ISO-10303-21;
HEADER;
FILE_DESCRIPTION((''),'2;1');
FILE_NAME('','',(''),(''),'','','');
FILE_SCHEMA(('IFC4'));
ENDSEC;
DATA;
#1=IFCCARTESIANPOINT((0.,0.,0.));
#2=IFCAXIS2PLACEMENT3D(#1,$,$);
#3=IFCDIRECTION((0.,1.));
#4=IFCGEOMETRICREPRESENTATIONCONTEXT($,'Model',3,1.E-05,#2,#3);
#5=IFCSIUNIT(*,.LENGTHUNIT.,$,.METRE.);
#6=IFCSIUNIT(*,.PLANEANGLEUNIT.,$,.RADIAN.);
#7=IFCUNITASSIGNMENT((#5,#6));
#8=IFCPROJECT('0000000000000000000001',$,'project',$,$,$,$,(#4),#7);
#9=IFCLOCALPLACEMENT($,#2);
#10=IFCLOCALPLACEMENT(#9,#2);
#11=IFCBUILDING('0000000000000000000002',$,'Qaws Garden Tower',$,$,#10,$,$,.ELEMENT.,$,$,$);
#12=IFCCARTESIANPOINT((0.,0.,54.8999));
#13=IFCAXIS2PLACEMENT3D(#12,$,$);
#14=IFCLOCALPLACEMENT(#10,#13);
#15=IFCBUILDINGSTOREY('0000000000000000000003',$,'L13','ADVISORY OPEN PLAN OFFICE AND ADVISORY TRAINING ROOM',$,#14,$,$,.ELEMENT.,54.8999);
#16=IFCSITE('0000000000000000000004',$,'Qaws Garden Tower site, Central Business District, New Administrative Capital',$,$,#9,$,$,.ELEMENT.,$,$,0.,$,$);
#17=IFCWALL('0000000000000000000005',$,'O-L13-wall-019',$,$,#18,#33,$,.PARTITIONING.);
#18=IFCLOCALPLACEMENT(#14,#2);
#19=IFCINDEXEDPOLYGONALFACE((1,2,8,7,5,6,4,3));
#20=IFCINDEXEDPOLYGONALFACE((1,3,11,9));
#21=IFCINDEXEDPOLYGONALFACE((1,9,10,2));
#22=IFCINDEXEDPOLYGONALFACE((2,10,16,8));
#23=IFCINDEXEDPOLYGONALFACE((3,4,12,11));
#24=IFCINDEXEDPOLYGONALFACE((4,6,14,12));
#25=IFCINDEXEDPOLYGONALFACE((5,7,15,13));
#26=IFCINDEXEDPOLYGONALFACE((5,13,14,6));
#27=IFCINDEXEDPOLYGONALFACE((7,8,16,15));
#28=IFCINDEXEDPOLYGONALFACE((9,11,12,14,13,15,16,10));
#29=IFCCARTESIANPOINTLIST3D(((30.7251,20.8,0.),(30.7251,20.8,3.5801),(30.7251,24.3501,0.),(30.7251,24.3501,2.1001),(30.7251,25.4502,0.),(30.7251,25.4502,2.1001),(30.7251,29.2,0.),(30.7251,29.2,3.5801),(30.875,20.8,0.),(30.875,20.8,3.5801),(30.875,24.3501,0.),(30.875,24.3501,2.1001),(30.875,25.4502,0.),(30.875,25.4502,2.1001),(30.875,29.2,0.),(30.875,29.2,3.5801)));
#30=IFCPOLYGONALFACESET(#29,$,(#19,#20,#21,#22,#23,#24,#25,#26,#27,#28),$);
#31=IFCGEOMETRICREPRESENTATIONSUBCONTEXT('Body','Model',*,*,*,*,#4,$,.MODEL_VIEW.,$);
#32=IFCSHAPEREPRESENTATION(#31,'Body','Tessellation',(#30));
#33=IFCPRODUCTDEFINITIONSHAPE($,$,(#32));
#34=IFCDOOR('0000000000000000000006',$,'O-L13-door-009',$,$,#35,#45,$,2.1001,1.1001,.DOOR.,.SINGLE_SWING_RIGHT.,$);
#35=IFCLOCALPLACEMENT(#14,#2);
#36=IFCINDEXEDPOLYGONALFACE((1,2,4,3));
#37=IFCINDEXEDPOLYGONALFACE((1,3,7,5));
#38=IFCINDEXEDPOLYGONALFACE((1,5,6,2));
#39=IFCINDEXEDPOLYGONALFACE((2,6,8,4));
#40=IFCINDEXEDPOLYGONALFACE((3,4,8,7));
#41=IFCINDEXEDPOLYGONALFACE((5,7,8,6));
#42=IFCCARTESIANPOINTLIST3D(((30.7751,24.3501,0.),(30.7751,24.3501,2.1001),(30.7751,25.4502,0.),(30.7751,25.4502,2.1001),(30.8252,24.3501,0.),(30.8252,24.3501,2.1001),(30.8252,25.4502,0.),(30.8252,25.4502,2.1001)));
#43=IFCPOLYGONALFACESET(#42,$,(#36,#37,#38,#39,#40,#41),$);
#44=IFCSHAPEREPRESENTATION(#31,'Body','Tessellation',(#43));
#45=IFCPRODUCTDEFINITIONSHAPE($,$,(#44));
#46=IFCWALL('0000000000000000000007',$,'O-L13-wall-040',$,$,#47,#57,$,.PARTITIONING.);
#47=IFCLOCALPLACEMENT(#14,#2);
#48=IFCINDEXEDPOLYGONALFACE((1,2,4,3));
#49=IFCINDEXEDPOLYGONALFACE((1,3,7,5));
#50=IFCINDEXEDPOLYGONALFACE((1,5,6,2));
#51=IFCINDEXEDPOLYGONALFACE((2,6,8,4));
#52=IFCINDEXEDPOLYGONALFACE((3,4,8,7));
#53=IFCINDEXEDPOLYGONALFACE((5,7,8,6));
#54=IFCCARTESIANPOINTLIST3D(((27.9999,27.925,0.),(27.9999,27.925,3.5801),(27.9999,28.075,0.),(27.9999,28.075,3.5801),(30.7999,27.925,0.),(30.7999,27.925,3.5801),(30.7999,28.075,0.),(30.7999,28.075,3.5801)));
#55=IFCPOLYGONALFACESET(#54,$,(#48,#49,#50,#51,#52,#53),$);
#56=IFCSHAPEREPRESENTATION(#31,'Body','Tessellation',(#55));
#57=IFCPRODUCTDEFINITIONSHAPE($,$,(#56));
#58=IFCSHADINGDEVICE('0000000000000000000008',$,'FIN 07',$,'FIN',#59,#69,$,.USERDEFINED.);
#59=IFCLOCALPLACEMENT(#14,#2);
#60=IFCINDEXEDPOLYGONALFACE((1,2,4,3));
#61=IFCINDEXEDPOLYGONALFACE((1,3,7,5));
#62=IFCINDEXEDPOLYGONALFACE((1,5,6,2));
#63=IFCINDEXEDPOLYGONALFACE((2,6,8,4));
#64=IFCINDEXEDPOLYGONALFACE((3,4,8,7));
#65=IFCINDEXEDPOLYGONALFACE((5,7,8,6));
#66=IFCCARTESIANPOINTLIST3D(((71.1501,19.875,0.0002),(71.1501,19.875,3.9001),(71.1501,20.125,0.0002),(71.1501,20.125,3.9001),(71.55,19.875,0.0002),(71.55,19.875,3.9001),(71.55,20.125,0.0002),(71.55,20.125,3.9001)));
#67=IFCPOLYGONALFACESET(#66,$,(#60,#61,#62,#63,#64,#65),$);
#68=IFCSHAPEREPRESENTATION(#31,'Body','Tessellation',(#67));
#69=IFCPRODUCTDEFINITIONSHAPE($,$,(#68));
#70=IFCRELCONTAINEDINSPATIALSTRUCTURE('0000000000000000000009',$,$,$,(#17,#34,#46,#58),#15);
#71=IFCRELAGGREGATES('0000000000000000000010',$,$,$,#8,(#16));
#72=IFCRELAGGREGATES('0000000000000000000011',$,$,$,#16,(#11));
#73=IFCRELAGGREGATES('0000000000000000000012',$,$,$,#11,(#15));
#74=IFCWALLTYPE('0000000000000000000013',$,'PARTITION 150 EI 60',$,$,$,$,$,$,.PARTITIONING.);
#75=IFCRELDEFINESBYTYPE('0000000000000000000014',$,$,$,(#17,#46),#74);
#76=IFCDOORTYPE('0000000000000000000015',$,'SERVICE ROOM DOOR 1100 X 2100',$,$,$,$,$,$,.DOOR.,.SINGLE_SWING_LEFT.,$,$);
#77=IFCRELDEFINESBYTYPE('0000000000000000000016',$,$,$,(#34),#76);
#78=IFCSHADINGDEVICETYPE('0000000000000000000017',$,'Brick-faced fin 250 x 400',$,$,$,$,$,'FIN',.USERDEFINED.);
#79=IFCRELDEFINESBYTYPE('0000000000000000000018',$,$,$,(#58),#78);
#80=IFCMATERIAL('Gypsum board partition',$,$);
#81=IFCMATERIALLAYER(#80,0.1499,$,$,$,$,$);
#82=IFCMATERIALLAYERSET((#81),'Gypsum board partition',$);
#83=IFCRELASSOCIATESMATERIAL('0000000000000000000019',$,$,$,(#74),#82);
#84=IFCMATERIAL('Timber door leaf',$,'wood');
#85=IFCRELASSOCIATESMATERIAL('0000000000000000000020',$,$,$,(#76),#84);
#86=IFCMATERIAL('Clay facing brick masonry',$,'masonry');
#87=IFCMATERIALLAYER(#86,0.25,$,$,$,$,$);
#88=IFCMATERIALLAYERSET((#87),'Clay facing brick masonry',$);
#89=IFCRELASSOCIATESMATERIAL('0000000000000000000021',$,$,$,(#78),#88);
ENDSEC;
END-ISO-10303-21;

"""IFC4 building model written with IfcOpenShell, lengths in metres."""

from ifc_helpers import new_model, si_unit, direction, frame, frame_2d, origin, origin_2d, place, context, subcontext, project, spatial, rectangle, extrude, material, layer, layer_set, type_object, element, fill, save


model = new_model("IFC4")

# Units and contexts
model_context = context("Model", 3, precision=1e-05, world=origin(), true_north=direction((0.0, 1.0)))
body_context = subcontext(model_context, "Body", "Model", "MODEL_VIEW")
ifc_project = project(units=[si_unit("LENGTHUNIT", "METRE"), si_unit("PLANEANGLEUNIT", "RADIAN")], contexts=[model_context])

# Site, building, storey
site_placement = place(None, origin())
site = spatial("IfcSite", under=ifc_project, at=site_placement, Name="Qaws Garden Tower site, Central Business District, New Administrative Capital", CompositionType="ELEMENT", RefElevation=0.0)
building_placement = place(site_placement, origin())
building = spatial("IfcBuilding", under=site, at=building_placement, Name="Qaws Garden Tower", CompositionType="ELEMENT")
storey_placement = place(building_placement, frame((0.0, 0.0, 54.8999)))
storey = spatial("IfcBuildingStorey", under=building, at=storey_placement, Name="L13", Description="ADVISORY OPEN PLAN OFFICE AND ADVISORY TRAINING ROOM", CompositionType="ELEMENT", Elevation=54.8999)

# Wall, opening, door
ifc_material_1 = material(Name="Gypsum board partition")
ifc_layer_1 = layer(ifc_material_1, 0.1499)
ifc_layer_set_1 = layer_set([ifc_layer_1], Name="Gypsum board partition")
wall_type = type_object("IfcWallType", Name="PARTITION 150 EI 60", PredefinedType="PARTITIONING", material=ifc_layer_set_1)
wall_1_placement = place(storey_placement, frame((30.8, 20.8, 0.0), z_axis=(0.0, 0.0, 1.0), x_axis=(0.0, 1.0, 0.0)))
wall_1 = element("IfcWall", 1, at=wall_1_placement, inside=storey, type_object=wall_type, Name="O-L13-wall-019", PredefinedType="PARTITIONING", context=body_context, shape_type="SweptSolid", body=[
    extrude(rectangle(XDim=8.3999, YDim=0.1499, at=frame_2d((4.2, 0.0))), origin(), (0.0, 0.0, 1.0), 3.5801),
])
opening_placement = place(wall_1_placement, frame((3.55, 0.0, 0.0)))
opening = element("IfcOpeningElement", 2, at=opening_placement, cuts=wall_1, PredefinedType="OPENING", context=body_context, shape_type="SweptSolid", body=[
    extrude(rectangle(XDim=1.1001, YDim=2.1001, at=frame_2d((0.55, 1.05))), frame((0.0, 0.085, 0.0), z_axis=(0.0, -1.0, 0.0), x_axis=(1.0, 0.0, 0.0)), (0.0, 0.0, 1.0), 0.1699),
])
ifc_material_2 = material(Name="Timber door leaf", Category="wood")
door_type = type_object("IfcDoorType", Name="SERVICE ROOM DOOR 1100 X 2100", OperationType="SINGLE_SWING_LEFT", PredefinedType="DOOR", material=ifc_material_2)
door_placement = place(opening_placement, origin())
door = element("IfcDoor", 3, at=door_placement, inside=storey, type_object=door_type, Name="O-L13-door-009", OperationType="SINGLE_SWING_RIGHT", OverallHeight=2.1001, OverallWidth=1.1001, PredefinedType="DOOR", context=body_context, shape_type="SweptSolid", body=[
    extrude(rectangle(XDim=1.1001, YDim=2.1001, at=frame_2d((0.55, 1.05))), frame((0.0, 0.0249, 0.0), z_axis=(0.0, -1.0, 0.0), x_axis=(1.0, 0.0, 0.0)), (0.0, 0.0, 1.0), 0.05),
])
fill(opening, door)

# Wall
wall_2_placement = place(storey_placement, frame((28.0, 28.0, 0.0), z_axis=(0.0, 0.0, 1.0), x_axis=(1.0, 0.0, 0.0)))
element("IfcWall", 4, at=wall_2_placement, inside=storey, type_object=wall_type, Name="O-L13-wall-040", PredefinedType="PARTITIONING", context=body_context, shape_type="SweptSolid", body=[
    extrude(rectangle(XDim=2.8, YDim=0.1499, at=frame_2d((1.3999, 0.0))), origin(), (0.0, 0.0, 1.0), 3.5801),
])

# Shading device
ifc_material_3 = material(Name="Clay facing brick masonry", Category="masonry")
ifc_layer_2 = layer(ifc_material_3, 0.25)
ifc_layer_set_2 = layer_set([ifc_layer_2], Name="Clay facing brick masonry")
shading_device_type = type_object("IfcShadingDeviceType", Name="Brick-faced fin 250 x 400", ElementType="FIN", PredefinedType="USERDEFINED", material=ifc_layer_set_2)
shading_device_placement = place(storey_placement, frame((71.3501, 20.0, 0.0002), z_axis=(0.0, 0.0, 1.0), x_axis=(0.0, 1.0, 0.0)))
element("IfcShadingDevice", 5, at=shading_device_placement, inside=storey, type_object=shading_device_type, Name="FIN 07", ObjectType="FIN", PredefinedType="USERDEFINED", context=body_context, shape_type="SweptSolid", body=[
    extrude(rectangle(XDim=0.25, YDim=0.3999, at=origin_2d()), origin(), (0.0, 0.0, 1.0), 3.8999),
])

save(model, "model.ifc")
